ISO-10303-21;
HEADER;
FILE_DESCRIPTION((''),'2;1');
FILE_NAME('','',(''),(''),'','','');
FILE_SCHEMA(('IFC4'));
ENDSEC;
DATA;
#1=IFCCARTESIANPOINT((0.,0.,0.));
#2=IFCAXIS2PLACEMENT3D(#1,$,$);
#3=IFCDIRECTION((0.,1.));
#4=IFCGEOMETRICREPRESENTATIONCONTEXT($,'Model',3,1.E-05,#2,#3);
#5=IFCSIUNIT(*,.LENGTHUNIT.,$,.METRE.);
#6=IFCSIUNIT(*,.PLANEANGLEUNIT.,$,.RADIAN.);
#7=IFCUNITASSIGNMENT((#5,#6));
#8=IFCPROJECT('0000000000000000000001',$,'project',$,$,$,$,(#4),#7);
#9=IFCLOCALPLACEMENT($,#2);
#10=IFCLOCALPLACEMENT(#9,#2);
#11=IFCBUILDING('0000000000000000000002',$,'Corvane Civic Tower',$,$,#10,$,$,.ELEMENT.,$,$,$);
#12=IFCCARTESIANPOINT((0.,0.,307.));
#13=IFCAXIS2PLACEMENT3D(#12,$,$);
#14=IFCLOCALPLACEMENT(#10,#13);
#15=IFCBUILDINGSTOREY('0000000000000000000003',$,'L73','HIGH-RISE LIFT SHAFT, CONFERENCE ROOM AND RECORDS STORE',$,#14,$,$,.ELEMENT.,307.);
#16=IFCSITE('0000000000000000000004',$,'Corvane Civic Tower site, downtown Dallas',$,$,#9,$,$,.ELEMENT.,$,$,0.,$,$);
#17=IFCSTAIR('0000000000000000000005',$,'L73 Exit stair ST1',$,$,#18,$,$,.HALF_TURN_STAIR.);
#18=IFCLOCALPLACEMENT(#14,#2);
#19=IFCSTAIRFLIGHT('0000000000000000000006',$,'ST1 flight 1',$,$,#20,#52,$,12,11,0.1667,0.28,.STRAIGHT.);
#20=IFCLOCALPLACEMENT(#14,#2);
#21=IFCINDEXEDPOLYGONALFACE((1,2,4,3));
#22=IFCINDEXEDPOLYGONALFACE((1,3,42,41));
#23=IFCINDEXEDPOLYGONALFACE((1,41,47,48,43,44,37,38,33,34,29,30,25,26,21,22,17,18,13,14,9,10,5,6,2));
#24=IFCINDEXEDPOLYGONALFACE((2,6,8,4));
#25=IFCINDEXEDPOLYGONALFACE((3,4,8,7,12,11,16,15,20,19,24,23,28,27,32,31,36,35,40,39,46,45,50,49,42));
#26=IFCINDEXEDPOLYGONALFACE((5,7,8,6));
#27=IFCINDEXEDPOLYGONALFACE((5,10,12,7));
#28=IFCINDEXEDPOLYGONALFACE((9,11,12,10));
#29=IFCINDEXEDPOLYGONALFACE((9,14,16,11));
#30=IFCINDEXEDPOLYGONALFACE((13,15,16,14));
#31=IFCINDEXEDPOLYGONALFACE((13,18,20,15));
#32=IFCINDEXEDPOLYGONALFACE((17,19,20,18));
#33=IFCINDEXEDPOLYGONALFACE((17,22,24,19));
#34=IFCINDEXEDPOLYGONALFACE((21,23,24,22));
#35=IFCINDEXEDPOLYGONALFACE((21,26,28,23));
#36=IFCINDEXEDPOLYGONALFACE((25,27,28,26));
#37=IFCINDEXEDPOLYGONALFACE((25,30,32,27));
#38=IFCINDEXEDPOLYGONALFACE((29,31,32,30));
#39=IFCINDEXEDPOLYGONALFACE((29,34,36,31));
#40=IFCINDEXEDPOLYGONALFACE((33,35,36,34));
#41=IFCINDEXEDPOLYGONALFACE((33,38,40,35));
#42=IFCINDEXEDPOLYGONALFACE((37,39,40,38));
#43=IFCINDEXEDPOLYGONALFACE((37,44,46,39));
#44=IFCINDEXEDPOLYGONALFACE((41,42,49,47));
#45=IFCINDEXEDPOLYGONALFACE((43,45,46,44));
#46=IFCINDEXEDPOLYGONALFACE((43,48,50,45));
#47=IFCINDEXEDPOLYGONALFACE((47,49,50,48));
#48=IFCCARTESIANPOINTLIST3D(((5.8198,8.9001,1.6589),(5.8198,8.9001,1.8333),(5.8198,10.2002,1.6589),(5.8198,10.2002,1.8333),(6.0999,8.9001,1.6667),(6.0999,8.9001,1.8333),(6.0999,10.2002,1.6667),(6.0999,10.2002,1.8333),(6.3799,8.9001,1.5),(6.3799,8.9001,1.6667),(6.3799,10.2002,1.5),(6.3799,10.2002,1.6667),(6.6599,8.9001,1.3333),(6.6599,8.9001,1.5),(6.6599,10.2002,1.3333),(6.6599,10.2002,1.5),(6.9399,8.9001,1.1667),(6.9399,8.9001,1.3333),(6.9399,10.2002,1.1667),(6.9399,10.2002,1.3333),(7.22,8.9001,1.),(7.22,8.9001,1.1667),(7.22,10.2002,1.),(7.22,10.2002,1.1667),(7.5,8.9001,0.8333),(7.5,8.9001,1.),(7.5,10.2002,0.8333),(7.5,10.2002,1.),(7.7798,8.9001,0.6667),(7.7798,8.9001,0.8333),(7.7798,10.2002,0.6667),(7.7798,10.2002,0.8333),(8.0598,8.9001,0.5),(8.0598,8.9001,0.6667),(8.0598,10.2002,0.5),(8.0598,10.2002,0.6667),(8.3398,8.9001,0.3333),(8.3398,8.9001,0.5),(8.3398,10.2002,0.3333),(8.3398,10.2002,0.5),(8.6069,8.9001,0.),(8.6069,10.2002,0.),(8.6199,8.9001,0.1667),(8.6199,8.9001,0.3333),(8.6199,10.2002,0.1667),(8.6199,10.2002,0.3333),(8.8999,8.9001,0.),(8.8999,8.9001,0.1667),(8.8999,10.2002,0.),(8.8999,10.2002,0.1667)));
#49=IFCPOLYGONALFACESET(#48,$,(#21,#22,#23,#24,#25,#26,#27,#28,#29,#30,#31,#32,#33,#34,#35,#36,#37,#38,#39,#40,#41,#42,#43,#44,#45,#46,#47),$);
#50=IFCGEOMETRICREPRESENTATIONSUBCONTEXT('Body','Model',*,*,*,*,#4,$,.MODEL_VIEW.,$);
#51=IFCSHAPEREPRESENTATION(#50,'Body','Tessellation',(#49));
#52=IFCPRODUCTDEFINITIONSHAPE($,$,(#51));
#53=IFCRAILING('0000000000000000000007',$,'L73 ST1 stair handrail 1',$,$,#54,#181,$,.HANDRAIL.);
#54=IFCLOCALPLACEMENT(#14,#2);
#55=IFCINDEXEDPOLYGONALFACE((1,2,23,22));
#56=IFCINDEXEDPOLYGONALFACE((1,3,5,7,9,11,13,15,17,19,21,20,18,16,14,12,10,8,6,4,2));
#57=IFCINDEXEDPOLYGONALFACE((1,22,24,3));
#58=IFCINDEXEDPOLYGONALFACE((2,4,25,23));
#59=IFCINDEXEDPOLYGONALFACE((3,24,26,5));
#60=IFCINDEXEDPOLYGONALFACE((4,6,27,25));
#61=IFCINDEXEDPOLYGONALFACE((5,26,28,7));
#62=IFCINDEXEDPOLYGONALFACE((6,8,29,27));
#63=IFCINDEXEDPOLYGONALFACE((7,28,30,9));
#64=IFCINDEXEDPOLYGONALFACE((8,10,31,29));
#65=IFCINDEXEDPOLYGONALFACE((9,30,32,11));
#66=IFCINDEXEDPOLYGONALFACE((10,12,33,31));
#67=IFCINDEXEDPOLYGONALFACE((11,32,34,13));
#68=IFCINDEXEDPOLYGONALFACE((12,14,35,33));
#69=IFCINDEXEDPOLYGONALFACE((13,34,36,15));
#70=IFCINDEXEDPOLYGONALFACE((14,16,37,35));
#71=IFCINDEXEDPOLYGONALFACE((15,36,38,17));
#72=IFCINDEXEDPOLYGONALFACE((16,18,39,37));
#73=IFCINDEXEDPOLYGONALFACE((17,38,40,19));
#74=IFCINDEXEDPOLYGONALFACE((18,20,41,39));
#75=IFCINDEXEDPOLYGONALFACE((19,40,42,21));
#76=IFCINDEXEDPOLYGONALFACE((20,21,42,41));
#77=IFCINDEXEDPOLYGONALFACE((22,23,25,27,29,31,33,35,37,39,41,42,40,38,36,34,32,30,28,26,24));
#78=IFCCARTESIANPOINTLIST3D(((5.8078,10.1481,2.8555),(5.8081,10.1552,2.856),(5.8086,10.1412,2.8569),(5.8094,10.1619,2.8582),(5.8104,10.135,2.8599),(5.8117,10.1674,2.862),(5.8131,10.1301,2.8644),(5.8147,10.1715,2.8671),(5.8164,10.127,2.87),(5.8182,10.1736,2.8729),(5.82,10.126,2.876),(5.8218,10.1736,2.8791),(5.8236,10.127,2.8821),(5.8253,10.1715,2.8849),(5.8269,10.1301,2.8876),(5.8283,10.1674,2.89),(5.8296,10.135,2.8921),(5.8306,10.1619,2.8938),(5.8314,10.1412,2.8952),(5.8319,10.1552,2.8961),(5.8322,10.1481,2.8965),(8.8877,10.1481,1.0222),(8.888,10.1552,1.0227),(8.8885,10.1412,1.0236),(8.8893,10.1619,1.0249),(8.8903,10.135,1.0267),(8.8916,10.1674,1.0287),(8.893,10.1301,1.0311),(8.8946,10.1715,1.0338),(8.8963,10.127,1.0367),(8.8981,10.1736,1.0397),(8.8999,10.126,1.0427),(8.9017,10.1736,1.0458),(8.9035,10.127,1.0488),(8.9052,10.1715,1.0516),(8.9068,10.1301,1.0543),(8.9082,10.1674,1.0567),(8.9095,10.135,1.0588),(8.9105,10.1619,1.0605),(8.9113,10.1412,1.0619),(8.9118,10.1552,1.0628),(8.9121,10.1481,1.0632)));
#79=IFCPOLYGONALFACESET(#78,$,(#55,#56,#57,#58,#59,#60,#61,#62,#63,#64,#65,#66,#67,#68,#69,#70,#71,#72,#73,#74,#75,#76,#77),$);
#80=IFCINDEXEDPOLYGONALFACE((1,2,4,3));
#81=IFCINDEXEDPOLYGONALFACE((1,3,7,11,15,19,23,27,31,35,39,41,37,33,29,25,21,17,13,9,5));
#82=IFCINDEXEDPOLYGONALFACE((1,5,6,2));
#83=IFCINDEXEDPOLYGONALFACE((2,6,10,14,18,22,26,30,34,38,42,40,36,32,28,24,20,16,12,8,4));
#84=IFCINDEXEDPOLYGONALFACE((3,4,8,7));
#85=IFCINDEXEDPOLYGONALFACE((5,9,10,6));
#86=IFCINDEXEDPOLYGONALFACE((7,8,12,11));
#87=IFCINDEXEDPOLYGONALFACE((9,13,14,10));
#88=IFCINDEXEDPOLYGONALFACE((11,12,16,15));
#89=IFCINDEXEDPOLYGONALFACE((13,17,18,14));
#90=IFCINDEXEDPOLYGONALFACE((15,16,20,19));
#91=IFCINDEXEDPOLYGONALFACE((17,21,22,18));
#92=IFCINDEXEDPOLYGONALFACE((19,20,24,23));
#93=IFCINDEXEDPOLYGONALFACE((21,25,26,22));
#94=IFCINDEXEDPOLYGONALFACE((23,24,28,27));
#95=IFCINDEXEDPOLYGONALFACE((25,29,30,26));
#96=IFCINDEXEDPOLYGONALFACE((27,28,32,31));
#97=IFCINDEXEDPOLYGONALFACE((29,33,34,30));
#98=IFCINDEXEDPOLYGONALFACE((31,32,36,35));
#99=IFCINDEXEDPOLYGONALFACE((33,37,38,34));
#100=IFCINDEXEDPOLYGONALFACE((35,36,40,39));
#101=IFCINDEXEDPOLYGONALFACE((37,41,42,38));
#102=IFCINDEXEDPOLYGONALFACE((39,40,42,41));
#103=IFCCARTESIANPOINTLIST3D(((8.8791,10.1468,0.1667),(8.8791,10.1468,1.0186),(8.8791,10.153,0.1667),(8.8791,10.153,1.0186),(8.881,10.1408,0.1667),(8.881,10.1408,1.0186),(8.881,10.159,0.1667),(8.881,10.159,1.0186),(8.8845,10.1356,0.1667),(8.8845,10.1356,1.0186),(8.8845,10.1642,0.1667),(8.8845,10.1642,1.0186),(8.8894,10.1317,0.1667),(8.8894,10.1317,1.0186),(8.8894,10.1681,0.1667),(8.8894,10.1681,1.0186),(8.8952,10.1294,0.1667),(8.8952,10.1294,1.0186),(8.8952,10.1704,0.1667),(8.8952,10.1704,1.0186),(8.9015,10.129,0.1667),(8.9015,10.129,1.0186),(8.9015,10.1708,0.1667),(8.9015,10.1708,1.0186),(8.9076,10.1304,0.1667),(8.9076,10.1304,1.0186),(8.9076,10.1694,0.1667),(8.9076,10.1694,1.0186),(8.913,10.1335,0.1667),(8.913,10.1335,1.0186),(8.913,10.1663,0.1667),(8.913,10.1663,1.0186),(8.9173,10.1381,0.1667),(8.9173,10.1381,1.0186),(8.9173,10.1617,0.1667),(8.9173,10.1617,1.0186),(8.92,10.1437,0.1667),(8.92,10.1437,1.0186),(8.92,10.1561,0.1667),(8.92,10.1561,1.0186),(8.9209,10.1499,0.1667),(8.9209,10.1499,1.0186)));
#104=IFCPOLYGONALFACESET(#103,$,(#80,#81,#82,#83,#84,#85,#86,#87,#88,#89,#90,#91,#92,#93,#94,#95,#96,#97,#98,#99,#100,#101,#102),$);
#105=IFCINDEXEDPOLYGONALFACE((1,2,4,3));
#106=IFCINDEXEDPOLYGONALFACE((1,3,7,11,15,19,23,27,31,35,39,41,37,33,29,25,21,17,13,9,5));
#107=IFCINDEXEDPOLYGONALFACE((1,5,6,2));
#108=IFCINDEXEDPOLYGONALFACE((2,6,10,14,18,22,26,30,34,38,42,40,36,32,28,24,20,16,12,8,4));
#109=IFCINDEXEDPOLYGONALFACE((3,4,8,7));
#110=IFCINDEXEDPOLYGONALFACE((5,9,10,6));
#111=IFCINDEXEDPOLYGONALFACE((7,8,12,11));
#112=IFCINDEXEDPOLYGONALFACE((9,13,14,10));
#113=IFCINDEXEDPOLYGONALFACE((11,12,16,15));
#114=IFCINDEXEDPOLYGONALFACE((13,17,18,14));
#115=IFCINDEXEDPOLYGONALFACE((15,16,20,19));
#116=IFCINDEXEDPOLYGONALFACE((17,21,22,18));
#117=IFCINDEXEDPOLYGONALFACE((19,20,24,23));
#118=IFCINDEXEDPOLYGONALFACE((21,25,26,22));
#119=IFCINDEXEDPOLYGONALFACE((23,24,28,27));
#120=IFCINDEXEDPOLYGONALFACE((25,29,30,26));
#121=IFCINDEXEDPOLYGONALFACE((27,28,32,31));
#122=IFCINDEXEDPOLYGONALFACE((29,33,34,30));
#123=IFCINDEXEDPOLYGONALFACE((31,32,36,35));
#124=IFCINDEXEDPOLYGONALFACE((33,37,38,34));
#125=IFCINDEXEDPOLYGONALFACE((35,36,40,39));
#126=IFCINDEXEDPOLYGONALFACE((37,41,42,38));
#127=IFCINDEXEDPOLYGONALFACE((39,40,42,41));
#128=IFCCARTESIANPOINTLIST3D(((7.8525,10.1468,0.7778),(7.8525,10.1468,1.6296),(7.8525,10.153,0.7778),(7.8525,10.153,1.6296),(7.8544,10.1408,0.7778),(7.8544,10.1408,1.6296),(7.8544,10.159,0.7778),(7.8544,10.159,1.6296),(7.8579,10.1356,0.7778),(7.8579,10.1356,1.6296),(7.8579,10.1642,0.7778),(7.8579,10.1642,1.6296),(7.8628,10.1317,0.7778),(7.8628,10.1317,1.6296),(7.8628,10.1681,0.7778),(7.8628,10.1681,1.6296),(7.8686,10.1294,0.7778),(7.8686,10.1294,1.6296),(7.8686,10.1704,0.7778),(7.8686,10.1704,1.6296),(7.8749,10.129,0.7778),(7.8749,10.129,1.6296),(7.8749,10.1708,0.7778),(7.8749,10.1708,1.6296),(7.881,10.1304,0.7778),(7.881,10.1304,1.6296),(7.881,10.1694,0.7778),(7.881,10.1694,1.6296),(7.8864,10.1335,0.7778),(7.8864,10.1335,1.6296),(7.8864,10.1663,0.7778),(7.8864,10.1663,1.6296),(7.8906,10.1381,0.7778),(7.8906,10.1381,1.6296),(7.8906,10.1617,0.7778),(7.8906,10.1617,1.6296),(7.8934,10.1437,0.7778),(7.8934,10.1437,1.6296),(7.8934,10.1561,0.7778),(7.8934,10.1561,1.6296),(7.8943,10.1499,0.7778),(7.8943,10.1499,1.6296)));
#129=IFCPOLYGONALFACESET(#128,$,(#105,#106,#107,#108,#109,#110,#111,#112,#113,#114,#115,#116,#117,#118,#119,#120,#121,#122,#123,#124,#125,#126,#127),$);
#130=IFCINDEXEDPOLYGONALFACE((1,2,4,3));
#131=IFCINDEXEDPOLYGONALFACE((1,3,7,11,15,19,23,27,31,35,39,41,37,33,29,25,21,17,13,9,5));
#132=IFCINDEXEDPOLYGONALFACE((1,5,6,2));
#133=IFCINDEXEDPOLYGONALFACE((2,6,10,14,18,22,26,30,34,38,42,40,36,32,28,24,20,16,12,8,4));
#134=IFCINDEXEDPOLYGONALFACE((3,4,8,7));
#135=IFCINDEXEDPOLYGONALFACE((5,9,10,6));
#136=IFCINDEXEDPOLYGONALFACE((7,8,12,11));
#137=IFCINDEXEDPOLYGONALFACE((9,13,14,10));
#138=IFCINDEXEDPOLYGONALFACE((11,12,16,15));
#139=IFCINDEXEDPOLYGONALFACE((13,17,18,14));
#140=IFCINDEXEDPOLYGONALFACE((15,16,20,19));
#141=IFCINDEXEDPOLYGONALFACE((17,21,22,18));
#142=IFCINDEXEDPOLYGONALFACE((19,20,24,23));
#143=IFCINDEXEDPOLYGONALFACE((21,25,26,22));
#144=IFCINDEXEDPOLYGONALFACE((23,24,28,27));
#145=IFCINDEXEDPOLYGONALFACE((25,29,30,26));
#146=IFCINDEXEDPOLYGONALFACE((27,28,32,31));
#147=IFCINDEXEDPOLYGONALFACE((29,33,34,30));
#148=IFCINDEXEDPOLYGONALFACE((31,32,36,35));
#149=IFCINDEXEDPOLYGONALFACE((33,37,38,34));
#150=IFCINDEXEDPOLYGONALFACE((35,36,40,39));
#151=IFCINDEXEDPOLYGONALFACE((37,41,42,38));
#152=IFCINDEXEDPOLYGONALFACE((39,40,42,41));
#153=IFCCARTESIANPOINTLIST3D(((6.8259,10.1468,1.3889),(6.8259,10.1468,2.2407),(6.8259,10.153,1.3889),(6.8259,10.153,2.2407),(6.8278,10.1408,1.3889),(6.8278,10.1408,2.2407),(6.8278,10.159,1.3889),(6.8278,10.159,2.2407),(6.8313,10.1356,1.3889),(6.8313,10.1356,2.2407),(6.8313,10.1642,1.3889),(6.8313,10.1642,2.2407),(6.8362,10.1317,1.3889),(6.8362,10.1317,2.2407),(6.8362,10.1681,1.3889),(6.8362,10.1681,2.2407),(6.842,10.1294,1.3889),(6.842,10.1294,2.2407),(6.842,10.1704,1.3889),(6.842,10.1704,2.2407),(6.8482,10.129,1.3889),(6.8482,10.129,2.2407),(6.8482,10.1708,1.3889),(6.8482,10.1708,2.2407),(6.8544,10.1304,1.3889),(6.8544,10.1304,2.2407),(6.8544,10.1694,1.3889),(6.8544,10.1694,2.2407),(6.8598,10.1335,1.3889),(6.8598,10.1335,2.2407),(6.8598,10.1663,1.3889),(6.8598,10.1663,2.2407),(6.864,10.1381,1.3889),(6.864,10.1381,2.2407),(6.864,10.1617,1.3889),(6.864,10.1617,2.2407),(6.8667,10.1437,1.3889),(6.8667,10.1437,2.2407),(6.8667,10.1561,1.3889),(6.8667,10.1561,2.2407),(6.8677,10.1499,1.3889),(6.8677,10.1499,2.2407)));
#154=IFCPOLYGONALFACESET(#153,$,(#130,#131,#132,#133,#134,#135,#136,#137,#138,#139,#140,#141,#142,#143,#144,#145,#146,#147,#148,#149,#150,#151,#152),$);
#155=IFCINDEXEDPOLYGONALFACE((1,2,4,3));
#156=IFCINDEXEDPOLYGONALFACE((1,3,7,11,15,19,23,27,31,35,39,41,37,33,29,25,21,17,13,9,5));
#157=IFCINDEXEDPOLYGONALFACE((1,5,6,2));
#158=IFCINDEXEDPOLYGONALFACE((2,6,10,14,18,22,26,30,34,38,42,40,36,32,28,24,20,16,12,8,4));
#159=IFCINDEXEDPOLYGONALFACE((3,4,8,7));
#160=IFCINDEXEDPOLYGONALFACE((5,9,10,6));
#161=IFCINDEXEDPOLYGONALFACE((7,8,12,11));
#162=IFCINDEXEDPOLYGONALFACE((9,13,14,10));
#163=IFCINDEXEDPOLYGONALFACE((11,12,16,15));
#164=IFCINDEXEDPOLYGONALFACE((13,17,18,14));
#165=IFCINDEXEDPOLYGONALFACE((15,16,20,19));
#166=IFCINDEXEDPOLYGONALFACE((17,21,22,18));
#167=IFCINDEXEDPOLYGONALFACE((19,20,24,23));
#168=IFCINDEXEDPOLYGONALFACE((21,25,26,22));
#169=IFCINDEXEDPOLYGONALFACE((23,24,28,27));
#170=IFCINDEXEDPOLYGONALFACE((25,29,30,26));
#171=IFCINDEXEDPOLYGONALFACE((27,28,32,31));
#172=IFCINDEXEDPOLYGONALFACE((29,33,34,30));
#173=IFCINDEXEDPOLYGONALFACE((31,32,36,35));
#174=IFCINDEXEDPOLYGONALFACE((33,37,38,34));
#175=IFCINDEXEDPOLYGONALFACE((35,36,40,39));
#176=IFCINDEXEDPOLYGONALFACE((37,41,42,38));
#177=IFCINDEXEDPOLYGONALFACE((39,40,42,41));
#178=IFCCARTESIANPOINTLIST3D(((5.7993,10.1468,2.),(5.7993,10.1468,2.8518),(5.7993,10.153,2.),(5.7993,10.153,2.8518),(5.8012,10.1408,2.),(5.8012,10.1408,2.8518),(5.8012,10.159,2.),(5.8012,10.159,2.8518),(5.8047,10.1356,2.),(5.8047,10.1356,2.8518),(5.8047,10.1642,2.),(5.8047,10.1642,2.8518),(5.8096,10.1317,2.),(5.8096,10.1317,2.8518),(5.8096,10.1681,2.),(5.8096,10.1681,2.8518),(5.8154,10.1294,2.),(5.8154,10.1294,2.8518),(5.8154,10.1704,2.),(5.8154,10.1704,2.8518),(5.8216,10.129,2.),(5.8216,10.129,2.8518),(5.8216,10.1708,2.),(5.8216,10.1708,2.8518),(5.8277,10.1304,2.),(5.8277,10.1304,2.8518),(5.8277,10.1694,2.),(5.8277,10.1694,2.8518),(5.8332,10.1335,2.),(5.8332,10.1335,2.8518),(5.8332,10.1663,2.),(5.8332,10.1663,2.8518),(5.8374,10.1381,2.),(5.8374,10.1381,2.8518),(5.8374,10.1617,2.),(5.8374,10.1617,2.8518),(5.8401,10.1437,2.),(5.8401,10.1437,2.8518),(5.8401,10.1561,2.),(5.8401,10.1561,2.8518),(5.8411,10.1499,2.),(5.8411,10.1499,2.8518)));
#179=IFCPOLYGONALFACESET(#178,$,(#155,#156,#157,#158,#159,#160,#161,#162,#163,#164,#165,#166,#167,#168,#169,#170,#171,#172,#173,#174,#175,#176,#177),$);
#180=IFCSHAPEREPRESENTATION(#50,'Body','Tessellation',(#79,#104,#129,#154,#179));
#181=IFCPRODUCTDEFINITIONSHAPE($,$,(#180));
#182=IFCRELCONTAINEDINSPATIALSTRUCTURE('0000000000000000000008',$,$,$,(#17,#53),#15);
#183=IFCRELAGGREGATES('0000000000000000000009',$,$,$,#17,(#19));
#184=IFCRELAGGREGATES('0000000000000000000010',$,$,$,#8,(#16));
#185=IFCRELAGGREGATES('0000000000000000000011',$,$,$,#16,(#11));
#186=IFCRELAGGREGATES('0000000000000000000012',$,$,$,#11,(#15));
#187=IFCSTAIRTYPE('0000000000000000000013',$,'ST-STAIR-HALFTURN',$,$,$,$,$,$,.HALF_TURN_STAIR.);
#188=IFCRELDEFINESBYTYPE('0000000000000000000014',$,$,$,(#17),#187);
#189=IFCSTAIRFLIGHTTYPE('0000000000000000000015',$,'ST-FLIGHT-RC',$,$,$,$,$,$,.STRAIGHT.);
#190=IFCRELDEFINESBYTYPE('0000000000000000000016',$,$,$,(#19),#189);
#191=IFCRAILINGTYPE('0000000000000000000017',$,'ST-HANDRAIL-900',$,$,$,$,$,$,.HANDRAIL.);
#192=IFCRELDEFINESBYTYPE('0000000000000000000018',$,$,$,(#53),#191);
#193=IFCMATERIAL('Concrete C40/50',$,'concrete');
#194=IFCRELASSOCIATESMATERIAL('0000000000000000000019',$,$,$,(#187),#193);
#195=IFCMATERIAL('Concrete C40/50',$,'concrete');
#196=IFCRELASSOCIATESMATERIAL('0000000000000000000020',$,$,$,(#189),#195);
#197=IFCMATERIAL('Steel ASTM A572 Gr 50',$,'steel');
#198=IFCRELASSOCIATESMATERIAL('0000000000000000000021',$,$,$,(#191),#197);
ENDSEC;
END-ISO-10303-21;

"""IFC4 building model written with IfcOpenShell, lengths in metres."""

from ifc_helpers import new_model, si_unit, direction, frame, origin, origin_2d, place, context, subcontext, project, spatial, polyline, circle, outline, extrude, material, type_object, element, aggregate, save


model = new_model("IFC4")

# Units and contexts
model_context = context("Model", 3, precision=1e-05, world=origin(), true_north=direction((0.0, 1.0)))
body_context = subcontext(model_context, "Body", "Model", "MODEL_VIEW")
ifc_project = project(units=[si_unit("LENGTHUNIT", "METRE"), si_unit("PLANEANGLEUNIT", "RADIAN")], contexts=[model_context])

# Site, building, storey
site_placement = place(None, origin())
site = spatial("IfcSite", under=ifc_project, at=site_placement, Name="Corvane Civic Tower site, downtown Dallas", CompositionType="ELEMENT", RefElevation=0.0)
building_placement = place(site_placement, origin())
building = spatial("IfcBuilding", under=site, at=building_placement, Name="Corvane Civic Tower", CompositionType="ELEMENT")
storey_placement = place(building_placement, frame((0.0, 0.0, 307.0)))
storey = spatial("IfcBuildingStorey", under=building, at=storey_placement, Name="L73", Description="HIGH-RISE LIFT SHAFT, CONFERENCE ROOM AND RECORDS STORE", CompositionType="ELEMENT", Elevation=307.0)

# Stair, stair flight
ifc_material_1 = material(Name="Concrete C40/50", Category="concrete")
stair_type = type_object("IfcStairType", Name="ST-STAIR-HALFTURN", PredefinedType="HALF_TURN_STAIR", material=ifc_material_1)
stair_placement = place(storey_placement, origin())
stair = element("IfcStair", 1, at=stair_placement, inside=storey, type_object=stair_type, Name="L73 Exit stair ST1", PredefinedType="HALF_TURN_STAIR")
ifc_material_2 = material(Name="Concrete C40/50", Category="concrete")
stair_flight_type = type_object("IfcStairFlightType", Name="ST-FLIGHT-RC", PredefinedType="STRAIGHT", material=ifc_material_2)
stair_flight_placement = place(storey_placement, frame((8.8999, 9.55, 0.0), z_axis=(0.0, 0.0, 1.0), x_axis=(-1.0, 0.0, 0.0)))
stair_flight = element("IfcStairFlight", 2, at=stair_flight_placement, type_object=stair_flight_type, Name="ST1 flight 1", NumberOfRisers=12, NumberOfTreads=11, PredefinedType="STRAIGHT", RiserHeight=0.1667, TreadLength=0.28, context=body_context, shape_type="SweptSolid", body=[
    extrude(outline(polyline([(0.0, 0.0), (0.0, 0.1667), (0.28, 0.1667), (0.28, 0.3333), (0.5601, 0.3333), (0.5601, 0.5), (0.8401, 0.5), (0.8401, 0.6667), (1.1201, 0.6667), (1.1201, 0.8333), (1.3999, 0.8333), (1.3999, 1.0), (1.6799, 1.0), (1.6799, 1.1667), (1.96, 1.1667), (1.96, 1.3333), (2.24, 1.3333), (2.24, 1.5), (2.52, 1.5), (2.52, 1.6667), (2.8, 1.6667), (2.8, 1.8333), (3.0801, 1.8333), (3.0801, 2.0), (3.0801, 1.6589), (0.293, 0.0), (0.0, 0.0)])), frame((0.0, 0.6499, 0.0), z_axis=(0.0, -1.0, 0.0), x_axis=(1.0, 0.0, 0.0)), (0.0, 0.0, 1.0), 1.3),
])
aggregate(stair, [stair_flight])

# Railing
ifc_material_3 = material(Name="Steel ASTM A572 Gr 50", Category="steel")
railing_type = type_object("IfcRailingType", Name="ST-HANDRAIL-900", PredefinedType="HANDRAIL", material=ifc_material_3)
railing_placement = place(storey_placement, frame((8.8999, 10.1499, 0.1667)))
element("IfcRailing", 3, at=railing_placement, inside=storey, type_object=railing_type, Name="L73 ST1 stair handrail 1", PredefinedType="HANDRAIL", context=body_context, shape_type="SweptSolid", body=[
    extrude(circle(Radius=0.0239, at=origin_2d()), frame((0.0, 0.0, 0.876), z_axis=(-0.859291, 0.0, 0.511487), x_axis=(0.0, -1.0, 0.0)), (0.0, 0.0, 1.0), 3.5842),
    extrude(circle(Radius=0.021, at=origin_2d()), origin(), (0.0, 0.0, 1.0), 0.8518),
    extrude(circle(Radius=0.021, at=origin_2d()), frame((-1.0266, 0.0, 0.6111)), (0.0, 0.0, 1.0), 0.8518),
    extrude(circle(Radius=0.021, at=origin_2d()), frame((-2.0532, 0.0, 1.2222)), (0.0, 0.0, 1.0), 0.8518),
    extrude(circle(Radius=0.021, at=origin_2d()), frame((-3.0798, 0.0, 1.8333)), (0.0, 0.0, 1.0), 0.8518),
])

save(model, "model.ifc")
